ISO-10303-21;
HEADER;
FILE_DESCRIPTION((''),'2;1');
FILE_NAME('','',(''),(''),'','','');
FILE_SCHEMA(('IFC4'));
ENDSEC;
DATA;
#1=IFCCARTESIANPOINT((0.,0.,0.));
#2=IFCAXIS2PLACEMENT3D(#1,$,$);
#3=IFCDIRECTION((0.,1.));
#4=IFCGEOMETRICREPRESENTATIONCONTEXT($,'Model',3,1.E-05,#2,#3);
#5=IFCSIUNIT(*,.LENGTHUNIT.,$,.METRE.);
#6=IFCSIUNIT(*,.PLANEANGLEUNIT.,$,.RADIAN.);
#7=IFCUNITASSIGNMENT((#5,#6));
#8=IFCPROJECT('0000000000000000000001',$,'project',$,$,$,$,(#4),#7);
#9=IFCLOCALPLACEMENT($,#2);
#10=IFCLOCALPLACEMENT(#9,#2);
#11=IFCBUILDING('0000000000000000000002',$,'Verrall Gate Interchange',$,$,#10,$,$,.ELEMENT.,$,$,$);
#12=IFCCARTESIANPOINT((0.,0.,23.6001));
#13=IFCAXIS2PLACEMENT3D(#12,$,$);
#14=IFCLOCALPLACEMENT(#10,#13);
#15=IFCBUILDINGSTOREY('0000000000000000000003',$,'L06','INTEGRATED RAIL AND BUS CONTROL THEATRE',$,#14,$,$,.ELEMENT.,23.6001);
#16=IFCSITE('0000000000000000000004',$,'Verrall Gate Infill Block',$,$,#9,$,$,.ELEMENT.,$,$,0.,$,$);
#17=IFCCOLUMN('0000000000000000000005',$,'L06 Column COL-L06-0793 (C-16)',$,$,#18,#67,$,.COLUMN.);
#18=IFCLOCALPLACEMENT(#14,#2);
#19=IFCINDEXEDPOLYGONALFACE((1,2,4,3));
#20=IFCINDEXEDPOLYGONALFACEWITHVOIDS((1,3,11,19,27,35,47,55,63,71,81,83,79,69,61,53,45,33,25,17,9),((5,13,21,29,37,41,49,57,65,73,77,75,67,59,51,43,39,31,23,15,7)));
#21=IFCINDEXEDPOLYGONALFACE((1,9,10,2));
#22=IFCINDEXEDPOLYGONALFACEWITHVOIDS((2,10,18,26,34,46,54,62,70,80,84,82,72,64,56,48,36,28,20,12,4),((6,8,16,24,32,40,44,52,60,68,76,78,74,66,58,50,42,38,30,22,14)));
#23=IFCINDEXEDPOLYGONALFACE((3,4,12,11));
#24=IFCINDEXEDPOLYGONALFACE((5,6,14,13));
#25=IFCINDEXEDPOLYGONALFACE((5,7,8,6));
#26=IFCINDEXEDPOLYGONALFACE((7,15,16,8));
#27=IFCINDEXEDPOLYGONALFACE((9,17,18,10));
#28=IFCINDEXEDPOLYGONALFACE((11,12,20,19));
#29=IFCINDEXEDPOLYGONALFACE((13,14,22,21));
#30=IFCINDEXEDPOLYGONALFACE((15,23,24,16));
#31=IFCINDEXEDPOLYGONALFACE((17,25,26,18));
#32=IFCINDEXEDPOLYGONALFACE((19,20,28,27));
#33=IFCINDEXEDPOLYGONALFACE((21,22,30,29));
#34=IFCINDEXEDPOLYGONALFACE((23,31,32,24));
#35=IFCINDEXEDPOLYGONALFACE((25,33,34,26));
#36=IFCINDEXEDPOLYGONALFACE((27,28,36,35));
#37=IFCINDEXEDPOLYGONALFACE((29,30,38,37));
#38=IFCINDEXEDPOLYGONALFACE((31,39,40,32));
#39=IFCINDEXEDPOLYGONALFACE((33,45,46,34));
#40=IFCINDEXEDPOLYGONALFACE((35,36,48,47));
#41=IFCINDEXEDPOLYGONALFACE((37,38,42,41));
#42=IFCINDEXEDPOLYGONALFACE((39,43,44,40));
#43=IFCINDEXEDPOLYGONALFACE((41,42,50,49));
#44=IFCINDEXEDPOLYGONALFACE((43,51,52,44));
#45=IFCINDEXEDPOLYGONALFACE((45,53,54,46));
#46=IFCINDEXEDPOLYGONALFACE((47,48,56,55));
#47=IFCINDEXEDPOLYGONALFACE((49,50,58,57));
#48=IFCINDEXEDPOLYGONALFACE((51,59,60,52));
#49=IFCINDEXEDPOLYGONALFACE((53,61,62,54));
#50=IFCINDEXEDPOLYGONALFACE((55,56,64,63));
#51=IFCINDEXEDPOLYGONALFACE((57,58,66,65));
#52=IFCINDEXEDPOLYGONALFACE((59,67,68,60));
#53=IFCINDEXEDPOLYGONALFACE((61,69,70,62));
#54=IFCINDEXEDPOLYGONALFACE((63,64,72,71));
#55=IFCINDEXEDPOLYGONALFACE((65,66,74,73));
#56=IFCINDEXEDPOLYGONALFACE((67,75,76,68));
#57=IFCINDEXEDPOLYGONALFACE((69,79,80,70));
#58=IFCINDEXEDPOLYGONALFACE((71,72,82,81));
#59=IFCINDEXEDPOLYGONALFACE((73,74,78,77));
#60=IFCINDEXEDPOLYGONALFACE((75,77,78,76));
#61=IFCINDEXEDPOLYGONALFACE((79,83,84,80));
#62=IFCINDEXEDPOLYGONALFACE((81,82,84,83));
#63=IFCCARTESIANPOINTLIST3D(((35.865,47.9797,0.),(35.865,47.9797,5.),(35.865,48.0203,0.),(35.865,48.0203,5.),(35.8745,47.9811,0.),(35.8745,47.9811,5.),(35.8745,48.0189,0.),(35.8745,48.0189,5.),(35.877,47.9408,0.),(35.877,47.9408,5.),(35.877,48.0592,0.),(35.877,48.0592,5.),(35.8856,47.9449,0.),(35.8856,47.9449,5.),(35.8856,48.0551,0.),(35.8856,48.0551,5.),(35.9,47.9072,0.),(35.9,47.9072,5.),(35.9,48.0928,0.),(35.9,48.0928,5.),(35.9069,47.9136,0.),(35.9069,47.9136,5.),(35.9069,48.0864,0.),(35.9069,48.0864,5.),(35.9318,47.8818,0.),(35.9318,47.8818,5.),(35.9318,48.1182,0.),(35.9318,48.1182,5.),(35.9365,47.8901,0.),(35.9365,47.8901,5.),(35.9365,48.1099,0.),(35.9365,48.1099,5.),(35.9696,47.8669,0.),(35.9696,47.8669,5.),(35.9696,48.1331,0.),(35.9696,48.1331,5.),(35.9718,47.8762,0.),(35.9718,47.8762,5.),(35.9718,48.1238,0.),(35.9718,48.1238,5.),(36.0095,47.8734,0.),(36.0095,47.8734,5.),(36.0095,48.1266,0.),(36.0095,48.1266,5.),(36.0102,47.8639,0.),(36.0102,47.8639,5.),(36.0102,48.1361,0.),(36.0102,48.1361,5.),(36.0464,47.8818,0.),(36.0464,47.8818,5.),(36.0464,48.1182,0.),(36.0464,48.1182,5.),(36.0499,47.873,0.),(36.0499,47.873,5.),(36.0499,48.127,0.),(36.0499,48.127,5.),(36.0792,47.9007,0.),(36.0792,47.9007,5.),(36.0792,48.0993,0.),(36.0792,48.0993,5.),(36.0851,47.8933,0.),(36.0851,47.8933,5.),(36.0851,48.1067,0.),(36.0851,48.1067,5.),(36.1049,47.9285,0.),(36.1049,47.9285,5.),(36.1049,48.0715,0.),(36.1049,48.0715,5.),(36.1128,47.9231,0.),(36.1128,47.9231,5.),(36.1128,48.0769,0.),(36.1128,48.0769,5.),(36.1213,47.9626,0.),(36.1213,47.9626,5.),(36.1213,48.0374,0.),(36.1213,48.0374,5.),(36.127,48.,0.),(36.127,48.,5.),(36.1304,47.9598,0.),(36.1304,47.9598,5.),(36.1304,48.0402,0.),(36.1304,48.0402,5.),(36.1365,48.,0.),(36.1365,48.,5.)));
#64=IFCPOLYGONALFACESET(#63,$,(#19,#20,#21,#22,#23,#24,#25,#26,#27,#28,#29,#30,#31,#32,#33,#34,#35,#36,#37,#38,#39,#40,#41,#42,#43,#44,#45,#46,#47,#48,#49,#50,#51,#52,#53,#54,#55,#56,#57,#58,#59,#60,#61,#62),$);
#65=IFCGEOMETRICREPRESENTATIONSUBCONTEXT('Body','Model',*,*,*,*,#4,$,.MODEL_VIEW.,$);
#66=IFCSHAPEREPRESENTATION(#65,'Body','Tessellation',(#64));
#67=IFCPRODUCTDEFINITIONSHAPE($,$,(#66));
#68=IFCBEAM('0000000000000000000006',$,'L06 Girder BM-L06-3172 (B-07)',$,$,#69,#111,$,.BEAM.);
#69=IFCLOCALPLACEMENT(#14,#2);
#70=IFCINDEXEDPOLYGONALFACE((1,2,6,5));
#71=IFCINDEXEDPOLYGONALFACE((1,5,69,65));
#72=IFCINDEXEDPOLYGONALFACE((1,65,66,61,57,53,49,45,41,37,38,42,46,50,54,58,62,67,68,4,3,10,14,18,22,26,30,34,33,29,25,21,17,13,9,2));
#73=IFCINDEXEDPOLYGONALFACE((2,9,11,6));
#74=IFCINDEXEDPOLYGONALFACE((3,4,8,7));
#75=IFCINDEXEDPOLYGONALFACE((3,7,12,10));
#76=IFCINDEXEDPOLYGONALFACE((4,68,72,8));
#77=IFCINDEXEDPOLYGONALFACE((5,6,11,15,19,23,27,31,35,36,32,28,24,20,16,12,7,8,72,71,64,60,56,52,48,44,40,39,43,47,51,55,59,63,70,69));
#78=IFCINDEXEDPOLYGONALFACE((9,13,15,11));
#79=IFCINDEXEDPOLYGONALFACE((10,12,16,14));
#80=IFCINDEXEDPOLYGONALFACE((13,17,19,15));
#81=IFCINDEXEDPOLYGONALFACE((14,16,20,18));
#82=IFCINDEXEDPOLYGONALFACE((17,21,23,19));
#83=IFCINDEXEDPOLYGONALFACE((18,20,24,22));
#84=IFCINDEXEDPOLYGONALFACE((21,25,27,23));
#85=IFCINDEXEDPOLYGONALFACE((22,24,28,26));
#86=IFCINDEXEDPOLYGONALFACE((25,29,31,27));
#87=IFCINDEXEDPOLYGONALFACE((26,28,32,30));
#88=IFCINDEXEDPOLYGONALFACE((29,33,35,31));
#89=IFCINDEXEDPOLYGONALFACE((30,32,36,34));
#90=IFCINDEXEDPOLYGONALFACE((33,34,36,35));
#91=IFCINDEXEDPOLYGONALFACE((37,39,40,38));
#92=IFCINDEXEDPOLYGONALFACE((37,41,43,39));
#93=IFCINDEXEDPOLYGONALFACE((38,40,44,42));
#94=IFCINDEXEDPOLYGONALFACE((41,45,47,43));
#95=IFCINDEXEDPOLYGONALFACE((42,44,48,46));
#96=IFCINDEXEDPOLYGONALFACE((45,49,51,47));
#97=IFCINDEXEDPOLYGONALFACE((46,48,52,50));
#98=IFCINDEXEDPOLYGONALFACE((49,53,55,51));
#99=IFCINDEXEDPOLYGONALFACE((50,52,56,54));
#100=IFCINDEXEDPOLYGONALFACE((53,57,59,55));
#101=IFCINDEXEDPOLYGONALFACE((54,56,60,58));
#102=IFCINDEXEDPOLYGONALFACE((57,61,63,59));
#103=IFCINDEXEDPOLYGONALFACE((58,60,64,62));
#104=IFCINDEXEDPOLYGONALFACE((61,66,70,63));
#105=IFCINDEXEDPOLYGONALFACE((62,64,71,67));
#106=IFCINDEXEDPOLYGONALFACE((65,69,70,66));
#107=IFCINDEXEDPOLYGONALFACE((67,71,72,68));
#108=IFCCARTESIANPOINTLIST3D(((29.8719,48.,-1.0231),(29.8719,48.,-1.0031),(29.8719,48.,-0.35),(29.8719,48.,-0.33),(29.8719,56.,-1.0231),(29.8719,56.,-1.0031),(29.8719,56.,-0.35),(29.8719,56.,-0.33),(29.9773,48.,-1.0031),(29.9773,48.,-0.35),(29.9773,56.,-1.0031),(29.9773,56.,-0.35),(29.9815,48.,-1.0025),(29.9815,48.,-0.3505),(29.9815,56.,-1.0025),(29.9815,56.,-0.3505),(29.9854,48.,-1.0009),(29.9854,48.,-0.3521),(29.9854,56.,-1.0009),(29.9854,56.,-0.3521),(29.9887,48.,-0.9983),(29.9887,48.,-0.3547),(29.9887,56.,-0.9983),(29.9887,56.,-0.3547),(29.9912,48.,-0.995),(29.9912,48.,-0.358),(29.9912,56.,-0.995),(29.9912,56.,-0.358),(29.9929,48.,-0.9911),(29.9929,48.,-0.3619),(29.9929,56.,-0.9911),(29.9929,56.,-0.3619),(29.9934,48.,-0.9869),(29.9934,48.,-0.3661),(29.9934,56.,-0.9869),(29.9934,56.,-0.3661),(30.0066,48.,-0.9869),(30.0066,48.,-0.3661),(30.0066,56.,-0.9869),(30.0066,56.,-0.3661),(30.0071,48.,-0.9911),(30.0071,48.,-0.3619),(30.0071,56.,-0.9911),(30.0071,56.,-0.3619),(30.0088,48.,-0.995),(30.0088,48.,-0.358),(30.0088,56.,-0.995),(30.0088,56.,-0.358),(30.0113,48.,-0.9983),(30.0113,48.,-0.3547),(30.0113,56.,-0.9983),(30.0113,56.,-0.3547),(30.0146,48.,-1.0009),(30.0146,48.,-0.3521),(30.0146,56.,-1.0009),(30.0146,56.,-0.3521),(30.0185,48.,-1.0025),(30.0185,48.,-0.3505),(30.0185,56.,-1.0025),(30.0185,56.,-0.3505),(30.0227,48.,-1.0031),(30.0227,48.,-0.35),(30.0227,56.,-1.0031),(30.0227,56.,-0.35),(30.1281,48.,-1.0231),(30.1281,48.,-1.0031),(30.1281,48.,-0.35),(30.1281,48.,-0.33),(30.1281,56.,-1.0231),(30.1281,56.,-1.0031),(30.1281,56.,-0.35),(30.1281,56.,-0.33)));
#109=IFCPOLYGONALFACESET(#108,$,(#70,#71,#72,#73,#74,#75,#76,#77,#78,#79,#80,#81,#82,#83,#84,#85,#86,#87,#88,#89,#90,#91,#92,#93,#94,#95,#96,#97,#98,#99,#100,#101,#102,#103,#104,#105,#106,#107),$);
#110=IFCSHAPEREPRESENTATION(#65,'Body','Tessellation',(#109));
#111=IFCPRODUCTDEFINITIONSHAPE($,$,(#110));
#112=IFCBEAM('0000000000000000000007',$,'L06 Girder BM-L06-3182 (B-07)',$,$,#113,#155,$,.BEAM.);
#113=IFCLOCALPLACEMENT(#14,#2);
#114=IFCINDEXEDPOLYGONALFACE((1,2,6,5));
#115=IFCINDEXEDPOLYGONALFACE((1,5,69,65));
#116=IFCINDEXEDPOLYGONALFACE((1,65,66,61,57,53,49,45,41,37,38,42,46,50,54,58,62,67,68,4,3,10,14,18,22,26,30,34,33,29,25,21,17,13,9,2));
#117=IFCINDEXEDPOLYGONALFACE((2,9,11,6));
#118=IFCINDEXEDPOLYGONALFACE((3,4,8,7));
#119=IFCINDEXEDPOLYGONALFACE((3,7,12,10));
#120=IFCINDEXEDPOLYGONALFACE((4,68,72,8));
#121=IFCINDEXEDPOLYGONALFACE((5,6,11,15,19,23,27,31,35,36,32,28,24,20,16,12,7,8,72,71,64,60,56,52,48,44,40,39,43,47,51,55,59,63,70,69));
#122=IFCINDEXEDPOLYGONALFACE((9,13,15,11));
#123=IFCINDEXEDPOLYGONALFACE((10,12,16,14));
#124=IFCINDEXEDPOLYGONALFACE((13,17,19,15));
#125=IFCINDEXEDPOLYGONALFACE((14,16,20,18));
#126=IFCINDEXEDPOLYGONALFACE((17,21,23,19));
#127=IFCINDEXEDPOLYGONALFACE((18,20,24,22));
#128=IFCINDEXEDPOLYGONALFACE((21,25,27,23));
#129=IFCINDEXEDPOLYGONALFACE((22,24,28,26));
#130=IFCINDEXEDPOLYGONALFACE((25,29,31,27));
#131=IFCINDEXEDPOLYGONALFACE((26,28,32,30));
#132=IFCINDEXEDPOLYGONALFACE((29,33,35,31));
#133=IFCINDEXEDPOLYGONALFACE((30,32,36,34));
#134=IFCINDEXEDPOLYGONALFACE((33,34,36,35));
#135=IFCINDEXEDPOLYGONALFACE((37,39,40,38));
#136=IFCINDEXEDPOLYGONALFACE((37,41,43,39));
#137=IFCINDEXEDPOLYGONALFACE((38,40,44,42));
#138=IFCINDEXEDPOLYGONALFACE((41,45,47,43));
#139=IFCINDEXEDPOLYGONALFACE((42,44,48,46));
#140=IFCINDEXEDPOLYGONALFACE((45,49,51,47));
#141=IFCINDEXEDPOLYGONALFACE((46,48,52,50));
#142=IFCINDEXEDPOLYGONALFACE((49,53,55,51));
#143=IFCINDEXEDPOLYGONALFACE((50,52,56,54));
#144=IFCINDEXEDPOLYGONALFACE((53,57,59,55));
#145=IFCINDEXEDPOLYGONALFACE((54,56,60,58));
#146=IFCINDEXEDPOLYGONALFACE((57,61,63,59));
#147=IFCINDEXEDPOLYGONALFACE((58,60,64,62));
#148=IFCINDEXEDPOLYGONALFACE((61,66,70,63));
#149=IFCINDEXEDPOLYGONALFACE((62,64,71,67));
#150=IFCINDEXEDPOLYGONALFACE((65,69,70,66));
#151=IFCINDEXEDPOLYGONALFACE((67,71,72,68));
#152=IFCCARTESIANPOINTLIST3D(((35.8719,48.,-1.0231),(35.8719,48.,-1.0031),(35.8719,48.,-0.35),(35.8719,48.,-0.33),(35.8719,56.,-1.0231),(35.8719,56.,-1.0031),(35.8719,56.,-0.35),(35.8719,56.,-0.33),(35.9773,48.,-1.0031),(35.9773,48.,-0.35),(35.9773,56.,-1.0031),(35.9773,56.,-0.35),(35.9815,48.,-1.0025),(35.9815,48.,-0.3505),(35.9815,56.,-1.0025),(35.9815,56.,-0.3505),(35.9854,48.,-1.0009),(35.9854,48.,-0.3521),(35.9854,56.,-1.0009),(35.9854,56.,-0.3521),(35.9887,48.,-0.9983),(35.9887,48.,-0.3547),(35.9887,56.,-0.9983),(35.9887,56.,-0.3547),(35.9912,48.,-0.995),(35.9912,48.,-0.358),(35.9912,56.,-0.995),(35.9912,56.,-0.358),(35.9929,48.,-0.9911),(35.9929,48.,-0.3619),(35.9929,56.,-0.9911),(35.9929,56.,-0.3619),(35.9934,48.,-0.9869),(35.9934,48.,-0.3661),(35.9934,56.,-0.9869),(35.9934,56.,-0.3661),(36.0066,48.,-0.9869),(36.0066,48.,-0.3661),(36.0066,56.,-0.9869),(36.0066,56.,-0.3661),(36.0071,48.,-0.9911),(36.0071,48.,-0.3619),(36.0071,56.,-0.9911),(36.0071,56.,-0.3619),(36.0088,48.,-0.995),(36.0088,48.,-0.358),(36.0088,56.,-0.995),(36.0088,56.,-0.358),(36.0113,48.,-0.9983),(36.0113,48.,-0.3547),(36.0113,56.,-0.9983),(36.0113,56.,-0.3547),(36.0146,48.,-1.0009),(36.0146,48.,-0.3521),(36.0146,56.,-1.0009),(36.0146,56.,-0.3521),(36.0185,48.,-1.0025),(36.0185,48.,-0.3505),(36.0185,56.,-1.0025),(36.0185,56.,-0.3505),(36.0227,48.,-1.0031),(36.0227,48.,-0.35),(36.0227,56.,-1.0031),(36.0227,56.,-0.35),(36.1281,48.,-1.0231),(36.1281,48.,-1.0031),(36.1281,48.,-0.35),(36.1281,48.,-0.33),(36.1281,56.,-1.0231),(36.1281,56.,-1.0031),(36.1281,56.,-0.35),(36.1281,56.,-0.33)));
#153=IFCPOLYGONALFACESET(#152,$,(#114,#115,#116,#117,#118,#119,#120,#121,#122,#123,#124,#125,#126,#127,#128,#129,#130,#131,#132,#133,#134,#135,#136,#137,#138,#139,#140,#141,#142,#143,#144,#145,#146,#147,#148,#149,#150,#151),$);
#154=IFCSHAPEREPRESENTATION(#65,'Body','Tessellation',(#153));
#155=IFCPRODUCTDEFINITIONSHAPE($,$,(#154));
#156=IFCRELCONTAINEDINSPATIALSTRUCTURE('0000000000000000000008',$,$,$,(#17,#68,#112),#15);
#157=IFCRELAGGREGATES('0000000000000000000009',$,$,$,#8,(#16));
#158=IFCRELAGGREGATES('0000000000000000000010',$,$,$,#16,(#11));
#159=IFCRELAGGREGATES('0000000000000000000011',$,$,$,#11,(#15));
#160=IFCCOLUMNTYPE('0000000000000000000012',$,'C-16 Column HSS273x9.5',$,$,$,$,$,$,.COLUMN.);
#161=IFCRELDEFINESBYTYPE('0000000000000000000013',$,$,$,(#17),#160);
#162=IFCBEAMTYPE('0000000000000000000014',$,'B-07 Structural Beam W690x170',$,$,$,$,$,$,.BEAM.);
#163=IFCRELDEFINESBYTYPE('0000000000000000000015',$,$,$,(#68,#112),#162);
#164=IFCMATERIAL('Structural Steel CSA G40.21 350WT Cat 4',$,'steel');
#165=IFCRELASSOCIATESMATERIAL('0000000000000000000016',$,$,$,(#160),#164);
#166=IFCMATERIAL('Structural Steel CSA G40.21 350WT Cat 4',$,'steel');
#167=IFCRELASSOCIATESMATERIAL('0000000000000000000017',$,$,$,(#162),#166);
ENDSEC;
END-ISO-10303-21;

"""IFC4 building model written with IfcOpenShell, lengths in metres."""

from ifc_helpers import new_model, si_unit, direction, frame, origin, origin_2d, place, context, subcontext, project, spatial, hollow_circle, i_section, extrude, material, material_profile, profile_set, type_object, element, save


model = new_model("IFC4")

# Units and contexts
model_context = context("Model", 3, precision=1e-05, world=origin(), true_north=direction((0.0, 1.0)))
body_context = subcontext(model_context, "Body", "Model", "MODEL_VIEW")
ifc_project = project(units=[si_unit("LENGTHUNIT", "METRE"), si_unit("PLANEANGLEUNIT", "RADIAN")], contexts=[model_context])

# Site, building, storey
site_placement = place(None, origin())
site = spatial("IfcSite", under=ifc_project, at=site_placement, Name="Verrall Gate Infill Block", CompositionType="ELEMENT", RefElevation=0.0)
building_placement = place(site_placement, origin())
building = spatial("IfcBuilding", under=site, at=building_placement, Name="Verrall Gate Interchange", CompositionType="ELEMENT")
storey_placement = place(building_placement, frame((0.0, 0.0, 23.6001)))
storey = spatial("IfcBuildingStorey", under=building, at=storey_placement, Name="L06", Description="INTEGRATED RAIL AND BUS CONTROL THEATRE", CompositionType="ELEMENT", Elevation=23.6001)

# Column
ifc_material_1 = material(Name="Structural Steel CSA G40.21 350WT Cat 4", Category="steel")
ifc_material_profile_1 = material_profile(ifc_material_1, hollow_circle(Radius=0.1365, WallThickness=0.0095, at=origin_2d()), Name="HSS273x9.5")
ifc_profile_set_1 = profile_set([ifc_material_profile_1], Name="Structural Steel CSA G40.21 350WT Cat 4")
column_type_1 = type_object("IfcColumnType", Name="C-16 Column HSS273x9.5", PredefinedType="COLUMN", material=ifc_profile_set_1)
for number, where, z_axis, x_axis, name in (
    (1, (36.0, 48.0, 0.0), (0.0, 0.0, 1.0), (1.0, 0.0, 0.0), "L06 Column COL-L06-0793 (C-16)"),
):
    element("IfcColumn", number, at=place(storey_placement, frame(where, z_axis=z_axis, x_axis=x_axis)), inside=storey, type_object=column_type_1, Name=name, PredefinedType="COLUMN", context=body_context, shape_type="SweptSolid", body=[
        extrude(hollow_circle(Radius=0.1365, WallThickness=0.0095, at=origin_2d()), origin(), (0.0, 0.0, 1.0), 5.0),
    ])

# Beams
ifc_material_2 = material(Name="Structural Steel CSA G40.21 350WT Cat 4", Category="steel")
ifc_material_profile_2 = material_profile(ifc_material_2, i_section(OverallWidth=0.2561, OverallDepth=0.6931, WebThickness=0.0132, FlangeThickness=0.02, FilletRadius=0.0161, at=origin_2d()), Name="W690x170")
ifc_profile_set_2 = profile_set([ifc_material_profile_2], Name="Structural Steel CSA G40.21 350WT Cat 4")
beam_type_1 = type_object("IfcBeamType", Name="B-07 Structural Beam W690x170", PredefinedType="BEAM", material=ifc_profile_set_2)
for number, where, z_axis, x_axis, name in (
    (2, (30.0, 48.0, -0.6765), (0.0, 1.0, 0.0), (-1.0, 0.0, 0.0), "L06 Girder BM-L06-3172 (B-07)"),
    (3, (36.0, 48.0, -0.6765), (0.0, 1.0, 0.0), (-1.0, 0.0, 0.0), "L06 Girder BM-L06-3182 (B-07)"),
):
    element("IfcBeam", number, at=place(storey_placement, frame(where, z_axis=z_axis, x_axis=x_axis)), inside=storey, type_object=beam_type_1, Name=name, PredefinedType="BEAM", context=body_context, shape_type="SweptSolid", body=[
        extrude(i_section(OverallWidth=0.2561, OverallDepth=0.6931, WebThickness=0.0132, FlangeThickness=0.02, FilletRadius=0.0161, at=origin_2d()), origin(), (0.0, 0.0, 1.0), 8.0),
    ])

save(model, "model.ifc")
